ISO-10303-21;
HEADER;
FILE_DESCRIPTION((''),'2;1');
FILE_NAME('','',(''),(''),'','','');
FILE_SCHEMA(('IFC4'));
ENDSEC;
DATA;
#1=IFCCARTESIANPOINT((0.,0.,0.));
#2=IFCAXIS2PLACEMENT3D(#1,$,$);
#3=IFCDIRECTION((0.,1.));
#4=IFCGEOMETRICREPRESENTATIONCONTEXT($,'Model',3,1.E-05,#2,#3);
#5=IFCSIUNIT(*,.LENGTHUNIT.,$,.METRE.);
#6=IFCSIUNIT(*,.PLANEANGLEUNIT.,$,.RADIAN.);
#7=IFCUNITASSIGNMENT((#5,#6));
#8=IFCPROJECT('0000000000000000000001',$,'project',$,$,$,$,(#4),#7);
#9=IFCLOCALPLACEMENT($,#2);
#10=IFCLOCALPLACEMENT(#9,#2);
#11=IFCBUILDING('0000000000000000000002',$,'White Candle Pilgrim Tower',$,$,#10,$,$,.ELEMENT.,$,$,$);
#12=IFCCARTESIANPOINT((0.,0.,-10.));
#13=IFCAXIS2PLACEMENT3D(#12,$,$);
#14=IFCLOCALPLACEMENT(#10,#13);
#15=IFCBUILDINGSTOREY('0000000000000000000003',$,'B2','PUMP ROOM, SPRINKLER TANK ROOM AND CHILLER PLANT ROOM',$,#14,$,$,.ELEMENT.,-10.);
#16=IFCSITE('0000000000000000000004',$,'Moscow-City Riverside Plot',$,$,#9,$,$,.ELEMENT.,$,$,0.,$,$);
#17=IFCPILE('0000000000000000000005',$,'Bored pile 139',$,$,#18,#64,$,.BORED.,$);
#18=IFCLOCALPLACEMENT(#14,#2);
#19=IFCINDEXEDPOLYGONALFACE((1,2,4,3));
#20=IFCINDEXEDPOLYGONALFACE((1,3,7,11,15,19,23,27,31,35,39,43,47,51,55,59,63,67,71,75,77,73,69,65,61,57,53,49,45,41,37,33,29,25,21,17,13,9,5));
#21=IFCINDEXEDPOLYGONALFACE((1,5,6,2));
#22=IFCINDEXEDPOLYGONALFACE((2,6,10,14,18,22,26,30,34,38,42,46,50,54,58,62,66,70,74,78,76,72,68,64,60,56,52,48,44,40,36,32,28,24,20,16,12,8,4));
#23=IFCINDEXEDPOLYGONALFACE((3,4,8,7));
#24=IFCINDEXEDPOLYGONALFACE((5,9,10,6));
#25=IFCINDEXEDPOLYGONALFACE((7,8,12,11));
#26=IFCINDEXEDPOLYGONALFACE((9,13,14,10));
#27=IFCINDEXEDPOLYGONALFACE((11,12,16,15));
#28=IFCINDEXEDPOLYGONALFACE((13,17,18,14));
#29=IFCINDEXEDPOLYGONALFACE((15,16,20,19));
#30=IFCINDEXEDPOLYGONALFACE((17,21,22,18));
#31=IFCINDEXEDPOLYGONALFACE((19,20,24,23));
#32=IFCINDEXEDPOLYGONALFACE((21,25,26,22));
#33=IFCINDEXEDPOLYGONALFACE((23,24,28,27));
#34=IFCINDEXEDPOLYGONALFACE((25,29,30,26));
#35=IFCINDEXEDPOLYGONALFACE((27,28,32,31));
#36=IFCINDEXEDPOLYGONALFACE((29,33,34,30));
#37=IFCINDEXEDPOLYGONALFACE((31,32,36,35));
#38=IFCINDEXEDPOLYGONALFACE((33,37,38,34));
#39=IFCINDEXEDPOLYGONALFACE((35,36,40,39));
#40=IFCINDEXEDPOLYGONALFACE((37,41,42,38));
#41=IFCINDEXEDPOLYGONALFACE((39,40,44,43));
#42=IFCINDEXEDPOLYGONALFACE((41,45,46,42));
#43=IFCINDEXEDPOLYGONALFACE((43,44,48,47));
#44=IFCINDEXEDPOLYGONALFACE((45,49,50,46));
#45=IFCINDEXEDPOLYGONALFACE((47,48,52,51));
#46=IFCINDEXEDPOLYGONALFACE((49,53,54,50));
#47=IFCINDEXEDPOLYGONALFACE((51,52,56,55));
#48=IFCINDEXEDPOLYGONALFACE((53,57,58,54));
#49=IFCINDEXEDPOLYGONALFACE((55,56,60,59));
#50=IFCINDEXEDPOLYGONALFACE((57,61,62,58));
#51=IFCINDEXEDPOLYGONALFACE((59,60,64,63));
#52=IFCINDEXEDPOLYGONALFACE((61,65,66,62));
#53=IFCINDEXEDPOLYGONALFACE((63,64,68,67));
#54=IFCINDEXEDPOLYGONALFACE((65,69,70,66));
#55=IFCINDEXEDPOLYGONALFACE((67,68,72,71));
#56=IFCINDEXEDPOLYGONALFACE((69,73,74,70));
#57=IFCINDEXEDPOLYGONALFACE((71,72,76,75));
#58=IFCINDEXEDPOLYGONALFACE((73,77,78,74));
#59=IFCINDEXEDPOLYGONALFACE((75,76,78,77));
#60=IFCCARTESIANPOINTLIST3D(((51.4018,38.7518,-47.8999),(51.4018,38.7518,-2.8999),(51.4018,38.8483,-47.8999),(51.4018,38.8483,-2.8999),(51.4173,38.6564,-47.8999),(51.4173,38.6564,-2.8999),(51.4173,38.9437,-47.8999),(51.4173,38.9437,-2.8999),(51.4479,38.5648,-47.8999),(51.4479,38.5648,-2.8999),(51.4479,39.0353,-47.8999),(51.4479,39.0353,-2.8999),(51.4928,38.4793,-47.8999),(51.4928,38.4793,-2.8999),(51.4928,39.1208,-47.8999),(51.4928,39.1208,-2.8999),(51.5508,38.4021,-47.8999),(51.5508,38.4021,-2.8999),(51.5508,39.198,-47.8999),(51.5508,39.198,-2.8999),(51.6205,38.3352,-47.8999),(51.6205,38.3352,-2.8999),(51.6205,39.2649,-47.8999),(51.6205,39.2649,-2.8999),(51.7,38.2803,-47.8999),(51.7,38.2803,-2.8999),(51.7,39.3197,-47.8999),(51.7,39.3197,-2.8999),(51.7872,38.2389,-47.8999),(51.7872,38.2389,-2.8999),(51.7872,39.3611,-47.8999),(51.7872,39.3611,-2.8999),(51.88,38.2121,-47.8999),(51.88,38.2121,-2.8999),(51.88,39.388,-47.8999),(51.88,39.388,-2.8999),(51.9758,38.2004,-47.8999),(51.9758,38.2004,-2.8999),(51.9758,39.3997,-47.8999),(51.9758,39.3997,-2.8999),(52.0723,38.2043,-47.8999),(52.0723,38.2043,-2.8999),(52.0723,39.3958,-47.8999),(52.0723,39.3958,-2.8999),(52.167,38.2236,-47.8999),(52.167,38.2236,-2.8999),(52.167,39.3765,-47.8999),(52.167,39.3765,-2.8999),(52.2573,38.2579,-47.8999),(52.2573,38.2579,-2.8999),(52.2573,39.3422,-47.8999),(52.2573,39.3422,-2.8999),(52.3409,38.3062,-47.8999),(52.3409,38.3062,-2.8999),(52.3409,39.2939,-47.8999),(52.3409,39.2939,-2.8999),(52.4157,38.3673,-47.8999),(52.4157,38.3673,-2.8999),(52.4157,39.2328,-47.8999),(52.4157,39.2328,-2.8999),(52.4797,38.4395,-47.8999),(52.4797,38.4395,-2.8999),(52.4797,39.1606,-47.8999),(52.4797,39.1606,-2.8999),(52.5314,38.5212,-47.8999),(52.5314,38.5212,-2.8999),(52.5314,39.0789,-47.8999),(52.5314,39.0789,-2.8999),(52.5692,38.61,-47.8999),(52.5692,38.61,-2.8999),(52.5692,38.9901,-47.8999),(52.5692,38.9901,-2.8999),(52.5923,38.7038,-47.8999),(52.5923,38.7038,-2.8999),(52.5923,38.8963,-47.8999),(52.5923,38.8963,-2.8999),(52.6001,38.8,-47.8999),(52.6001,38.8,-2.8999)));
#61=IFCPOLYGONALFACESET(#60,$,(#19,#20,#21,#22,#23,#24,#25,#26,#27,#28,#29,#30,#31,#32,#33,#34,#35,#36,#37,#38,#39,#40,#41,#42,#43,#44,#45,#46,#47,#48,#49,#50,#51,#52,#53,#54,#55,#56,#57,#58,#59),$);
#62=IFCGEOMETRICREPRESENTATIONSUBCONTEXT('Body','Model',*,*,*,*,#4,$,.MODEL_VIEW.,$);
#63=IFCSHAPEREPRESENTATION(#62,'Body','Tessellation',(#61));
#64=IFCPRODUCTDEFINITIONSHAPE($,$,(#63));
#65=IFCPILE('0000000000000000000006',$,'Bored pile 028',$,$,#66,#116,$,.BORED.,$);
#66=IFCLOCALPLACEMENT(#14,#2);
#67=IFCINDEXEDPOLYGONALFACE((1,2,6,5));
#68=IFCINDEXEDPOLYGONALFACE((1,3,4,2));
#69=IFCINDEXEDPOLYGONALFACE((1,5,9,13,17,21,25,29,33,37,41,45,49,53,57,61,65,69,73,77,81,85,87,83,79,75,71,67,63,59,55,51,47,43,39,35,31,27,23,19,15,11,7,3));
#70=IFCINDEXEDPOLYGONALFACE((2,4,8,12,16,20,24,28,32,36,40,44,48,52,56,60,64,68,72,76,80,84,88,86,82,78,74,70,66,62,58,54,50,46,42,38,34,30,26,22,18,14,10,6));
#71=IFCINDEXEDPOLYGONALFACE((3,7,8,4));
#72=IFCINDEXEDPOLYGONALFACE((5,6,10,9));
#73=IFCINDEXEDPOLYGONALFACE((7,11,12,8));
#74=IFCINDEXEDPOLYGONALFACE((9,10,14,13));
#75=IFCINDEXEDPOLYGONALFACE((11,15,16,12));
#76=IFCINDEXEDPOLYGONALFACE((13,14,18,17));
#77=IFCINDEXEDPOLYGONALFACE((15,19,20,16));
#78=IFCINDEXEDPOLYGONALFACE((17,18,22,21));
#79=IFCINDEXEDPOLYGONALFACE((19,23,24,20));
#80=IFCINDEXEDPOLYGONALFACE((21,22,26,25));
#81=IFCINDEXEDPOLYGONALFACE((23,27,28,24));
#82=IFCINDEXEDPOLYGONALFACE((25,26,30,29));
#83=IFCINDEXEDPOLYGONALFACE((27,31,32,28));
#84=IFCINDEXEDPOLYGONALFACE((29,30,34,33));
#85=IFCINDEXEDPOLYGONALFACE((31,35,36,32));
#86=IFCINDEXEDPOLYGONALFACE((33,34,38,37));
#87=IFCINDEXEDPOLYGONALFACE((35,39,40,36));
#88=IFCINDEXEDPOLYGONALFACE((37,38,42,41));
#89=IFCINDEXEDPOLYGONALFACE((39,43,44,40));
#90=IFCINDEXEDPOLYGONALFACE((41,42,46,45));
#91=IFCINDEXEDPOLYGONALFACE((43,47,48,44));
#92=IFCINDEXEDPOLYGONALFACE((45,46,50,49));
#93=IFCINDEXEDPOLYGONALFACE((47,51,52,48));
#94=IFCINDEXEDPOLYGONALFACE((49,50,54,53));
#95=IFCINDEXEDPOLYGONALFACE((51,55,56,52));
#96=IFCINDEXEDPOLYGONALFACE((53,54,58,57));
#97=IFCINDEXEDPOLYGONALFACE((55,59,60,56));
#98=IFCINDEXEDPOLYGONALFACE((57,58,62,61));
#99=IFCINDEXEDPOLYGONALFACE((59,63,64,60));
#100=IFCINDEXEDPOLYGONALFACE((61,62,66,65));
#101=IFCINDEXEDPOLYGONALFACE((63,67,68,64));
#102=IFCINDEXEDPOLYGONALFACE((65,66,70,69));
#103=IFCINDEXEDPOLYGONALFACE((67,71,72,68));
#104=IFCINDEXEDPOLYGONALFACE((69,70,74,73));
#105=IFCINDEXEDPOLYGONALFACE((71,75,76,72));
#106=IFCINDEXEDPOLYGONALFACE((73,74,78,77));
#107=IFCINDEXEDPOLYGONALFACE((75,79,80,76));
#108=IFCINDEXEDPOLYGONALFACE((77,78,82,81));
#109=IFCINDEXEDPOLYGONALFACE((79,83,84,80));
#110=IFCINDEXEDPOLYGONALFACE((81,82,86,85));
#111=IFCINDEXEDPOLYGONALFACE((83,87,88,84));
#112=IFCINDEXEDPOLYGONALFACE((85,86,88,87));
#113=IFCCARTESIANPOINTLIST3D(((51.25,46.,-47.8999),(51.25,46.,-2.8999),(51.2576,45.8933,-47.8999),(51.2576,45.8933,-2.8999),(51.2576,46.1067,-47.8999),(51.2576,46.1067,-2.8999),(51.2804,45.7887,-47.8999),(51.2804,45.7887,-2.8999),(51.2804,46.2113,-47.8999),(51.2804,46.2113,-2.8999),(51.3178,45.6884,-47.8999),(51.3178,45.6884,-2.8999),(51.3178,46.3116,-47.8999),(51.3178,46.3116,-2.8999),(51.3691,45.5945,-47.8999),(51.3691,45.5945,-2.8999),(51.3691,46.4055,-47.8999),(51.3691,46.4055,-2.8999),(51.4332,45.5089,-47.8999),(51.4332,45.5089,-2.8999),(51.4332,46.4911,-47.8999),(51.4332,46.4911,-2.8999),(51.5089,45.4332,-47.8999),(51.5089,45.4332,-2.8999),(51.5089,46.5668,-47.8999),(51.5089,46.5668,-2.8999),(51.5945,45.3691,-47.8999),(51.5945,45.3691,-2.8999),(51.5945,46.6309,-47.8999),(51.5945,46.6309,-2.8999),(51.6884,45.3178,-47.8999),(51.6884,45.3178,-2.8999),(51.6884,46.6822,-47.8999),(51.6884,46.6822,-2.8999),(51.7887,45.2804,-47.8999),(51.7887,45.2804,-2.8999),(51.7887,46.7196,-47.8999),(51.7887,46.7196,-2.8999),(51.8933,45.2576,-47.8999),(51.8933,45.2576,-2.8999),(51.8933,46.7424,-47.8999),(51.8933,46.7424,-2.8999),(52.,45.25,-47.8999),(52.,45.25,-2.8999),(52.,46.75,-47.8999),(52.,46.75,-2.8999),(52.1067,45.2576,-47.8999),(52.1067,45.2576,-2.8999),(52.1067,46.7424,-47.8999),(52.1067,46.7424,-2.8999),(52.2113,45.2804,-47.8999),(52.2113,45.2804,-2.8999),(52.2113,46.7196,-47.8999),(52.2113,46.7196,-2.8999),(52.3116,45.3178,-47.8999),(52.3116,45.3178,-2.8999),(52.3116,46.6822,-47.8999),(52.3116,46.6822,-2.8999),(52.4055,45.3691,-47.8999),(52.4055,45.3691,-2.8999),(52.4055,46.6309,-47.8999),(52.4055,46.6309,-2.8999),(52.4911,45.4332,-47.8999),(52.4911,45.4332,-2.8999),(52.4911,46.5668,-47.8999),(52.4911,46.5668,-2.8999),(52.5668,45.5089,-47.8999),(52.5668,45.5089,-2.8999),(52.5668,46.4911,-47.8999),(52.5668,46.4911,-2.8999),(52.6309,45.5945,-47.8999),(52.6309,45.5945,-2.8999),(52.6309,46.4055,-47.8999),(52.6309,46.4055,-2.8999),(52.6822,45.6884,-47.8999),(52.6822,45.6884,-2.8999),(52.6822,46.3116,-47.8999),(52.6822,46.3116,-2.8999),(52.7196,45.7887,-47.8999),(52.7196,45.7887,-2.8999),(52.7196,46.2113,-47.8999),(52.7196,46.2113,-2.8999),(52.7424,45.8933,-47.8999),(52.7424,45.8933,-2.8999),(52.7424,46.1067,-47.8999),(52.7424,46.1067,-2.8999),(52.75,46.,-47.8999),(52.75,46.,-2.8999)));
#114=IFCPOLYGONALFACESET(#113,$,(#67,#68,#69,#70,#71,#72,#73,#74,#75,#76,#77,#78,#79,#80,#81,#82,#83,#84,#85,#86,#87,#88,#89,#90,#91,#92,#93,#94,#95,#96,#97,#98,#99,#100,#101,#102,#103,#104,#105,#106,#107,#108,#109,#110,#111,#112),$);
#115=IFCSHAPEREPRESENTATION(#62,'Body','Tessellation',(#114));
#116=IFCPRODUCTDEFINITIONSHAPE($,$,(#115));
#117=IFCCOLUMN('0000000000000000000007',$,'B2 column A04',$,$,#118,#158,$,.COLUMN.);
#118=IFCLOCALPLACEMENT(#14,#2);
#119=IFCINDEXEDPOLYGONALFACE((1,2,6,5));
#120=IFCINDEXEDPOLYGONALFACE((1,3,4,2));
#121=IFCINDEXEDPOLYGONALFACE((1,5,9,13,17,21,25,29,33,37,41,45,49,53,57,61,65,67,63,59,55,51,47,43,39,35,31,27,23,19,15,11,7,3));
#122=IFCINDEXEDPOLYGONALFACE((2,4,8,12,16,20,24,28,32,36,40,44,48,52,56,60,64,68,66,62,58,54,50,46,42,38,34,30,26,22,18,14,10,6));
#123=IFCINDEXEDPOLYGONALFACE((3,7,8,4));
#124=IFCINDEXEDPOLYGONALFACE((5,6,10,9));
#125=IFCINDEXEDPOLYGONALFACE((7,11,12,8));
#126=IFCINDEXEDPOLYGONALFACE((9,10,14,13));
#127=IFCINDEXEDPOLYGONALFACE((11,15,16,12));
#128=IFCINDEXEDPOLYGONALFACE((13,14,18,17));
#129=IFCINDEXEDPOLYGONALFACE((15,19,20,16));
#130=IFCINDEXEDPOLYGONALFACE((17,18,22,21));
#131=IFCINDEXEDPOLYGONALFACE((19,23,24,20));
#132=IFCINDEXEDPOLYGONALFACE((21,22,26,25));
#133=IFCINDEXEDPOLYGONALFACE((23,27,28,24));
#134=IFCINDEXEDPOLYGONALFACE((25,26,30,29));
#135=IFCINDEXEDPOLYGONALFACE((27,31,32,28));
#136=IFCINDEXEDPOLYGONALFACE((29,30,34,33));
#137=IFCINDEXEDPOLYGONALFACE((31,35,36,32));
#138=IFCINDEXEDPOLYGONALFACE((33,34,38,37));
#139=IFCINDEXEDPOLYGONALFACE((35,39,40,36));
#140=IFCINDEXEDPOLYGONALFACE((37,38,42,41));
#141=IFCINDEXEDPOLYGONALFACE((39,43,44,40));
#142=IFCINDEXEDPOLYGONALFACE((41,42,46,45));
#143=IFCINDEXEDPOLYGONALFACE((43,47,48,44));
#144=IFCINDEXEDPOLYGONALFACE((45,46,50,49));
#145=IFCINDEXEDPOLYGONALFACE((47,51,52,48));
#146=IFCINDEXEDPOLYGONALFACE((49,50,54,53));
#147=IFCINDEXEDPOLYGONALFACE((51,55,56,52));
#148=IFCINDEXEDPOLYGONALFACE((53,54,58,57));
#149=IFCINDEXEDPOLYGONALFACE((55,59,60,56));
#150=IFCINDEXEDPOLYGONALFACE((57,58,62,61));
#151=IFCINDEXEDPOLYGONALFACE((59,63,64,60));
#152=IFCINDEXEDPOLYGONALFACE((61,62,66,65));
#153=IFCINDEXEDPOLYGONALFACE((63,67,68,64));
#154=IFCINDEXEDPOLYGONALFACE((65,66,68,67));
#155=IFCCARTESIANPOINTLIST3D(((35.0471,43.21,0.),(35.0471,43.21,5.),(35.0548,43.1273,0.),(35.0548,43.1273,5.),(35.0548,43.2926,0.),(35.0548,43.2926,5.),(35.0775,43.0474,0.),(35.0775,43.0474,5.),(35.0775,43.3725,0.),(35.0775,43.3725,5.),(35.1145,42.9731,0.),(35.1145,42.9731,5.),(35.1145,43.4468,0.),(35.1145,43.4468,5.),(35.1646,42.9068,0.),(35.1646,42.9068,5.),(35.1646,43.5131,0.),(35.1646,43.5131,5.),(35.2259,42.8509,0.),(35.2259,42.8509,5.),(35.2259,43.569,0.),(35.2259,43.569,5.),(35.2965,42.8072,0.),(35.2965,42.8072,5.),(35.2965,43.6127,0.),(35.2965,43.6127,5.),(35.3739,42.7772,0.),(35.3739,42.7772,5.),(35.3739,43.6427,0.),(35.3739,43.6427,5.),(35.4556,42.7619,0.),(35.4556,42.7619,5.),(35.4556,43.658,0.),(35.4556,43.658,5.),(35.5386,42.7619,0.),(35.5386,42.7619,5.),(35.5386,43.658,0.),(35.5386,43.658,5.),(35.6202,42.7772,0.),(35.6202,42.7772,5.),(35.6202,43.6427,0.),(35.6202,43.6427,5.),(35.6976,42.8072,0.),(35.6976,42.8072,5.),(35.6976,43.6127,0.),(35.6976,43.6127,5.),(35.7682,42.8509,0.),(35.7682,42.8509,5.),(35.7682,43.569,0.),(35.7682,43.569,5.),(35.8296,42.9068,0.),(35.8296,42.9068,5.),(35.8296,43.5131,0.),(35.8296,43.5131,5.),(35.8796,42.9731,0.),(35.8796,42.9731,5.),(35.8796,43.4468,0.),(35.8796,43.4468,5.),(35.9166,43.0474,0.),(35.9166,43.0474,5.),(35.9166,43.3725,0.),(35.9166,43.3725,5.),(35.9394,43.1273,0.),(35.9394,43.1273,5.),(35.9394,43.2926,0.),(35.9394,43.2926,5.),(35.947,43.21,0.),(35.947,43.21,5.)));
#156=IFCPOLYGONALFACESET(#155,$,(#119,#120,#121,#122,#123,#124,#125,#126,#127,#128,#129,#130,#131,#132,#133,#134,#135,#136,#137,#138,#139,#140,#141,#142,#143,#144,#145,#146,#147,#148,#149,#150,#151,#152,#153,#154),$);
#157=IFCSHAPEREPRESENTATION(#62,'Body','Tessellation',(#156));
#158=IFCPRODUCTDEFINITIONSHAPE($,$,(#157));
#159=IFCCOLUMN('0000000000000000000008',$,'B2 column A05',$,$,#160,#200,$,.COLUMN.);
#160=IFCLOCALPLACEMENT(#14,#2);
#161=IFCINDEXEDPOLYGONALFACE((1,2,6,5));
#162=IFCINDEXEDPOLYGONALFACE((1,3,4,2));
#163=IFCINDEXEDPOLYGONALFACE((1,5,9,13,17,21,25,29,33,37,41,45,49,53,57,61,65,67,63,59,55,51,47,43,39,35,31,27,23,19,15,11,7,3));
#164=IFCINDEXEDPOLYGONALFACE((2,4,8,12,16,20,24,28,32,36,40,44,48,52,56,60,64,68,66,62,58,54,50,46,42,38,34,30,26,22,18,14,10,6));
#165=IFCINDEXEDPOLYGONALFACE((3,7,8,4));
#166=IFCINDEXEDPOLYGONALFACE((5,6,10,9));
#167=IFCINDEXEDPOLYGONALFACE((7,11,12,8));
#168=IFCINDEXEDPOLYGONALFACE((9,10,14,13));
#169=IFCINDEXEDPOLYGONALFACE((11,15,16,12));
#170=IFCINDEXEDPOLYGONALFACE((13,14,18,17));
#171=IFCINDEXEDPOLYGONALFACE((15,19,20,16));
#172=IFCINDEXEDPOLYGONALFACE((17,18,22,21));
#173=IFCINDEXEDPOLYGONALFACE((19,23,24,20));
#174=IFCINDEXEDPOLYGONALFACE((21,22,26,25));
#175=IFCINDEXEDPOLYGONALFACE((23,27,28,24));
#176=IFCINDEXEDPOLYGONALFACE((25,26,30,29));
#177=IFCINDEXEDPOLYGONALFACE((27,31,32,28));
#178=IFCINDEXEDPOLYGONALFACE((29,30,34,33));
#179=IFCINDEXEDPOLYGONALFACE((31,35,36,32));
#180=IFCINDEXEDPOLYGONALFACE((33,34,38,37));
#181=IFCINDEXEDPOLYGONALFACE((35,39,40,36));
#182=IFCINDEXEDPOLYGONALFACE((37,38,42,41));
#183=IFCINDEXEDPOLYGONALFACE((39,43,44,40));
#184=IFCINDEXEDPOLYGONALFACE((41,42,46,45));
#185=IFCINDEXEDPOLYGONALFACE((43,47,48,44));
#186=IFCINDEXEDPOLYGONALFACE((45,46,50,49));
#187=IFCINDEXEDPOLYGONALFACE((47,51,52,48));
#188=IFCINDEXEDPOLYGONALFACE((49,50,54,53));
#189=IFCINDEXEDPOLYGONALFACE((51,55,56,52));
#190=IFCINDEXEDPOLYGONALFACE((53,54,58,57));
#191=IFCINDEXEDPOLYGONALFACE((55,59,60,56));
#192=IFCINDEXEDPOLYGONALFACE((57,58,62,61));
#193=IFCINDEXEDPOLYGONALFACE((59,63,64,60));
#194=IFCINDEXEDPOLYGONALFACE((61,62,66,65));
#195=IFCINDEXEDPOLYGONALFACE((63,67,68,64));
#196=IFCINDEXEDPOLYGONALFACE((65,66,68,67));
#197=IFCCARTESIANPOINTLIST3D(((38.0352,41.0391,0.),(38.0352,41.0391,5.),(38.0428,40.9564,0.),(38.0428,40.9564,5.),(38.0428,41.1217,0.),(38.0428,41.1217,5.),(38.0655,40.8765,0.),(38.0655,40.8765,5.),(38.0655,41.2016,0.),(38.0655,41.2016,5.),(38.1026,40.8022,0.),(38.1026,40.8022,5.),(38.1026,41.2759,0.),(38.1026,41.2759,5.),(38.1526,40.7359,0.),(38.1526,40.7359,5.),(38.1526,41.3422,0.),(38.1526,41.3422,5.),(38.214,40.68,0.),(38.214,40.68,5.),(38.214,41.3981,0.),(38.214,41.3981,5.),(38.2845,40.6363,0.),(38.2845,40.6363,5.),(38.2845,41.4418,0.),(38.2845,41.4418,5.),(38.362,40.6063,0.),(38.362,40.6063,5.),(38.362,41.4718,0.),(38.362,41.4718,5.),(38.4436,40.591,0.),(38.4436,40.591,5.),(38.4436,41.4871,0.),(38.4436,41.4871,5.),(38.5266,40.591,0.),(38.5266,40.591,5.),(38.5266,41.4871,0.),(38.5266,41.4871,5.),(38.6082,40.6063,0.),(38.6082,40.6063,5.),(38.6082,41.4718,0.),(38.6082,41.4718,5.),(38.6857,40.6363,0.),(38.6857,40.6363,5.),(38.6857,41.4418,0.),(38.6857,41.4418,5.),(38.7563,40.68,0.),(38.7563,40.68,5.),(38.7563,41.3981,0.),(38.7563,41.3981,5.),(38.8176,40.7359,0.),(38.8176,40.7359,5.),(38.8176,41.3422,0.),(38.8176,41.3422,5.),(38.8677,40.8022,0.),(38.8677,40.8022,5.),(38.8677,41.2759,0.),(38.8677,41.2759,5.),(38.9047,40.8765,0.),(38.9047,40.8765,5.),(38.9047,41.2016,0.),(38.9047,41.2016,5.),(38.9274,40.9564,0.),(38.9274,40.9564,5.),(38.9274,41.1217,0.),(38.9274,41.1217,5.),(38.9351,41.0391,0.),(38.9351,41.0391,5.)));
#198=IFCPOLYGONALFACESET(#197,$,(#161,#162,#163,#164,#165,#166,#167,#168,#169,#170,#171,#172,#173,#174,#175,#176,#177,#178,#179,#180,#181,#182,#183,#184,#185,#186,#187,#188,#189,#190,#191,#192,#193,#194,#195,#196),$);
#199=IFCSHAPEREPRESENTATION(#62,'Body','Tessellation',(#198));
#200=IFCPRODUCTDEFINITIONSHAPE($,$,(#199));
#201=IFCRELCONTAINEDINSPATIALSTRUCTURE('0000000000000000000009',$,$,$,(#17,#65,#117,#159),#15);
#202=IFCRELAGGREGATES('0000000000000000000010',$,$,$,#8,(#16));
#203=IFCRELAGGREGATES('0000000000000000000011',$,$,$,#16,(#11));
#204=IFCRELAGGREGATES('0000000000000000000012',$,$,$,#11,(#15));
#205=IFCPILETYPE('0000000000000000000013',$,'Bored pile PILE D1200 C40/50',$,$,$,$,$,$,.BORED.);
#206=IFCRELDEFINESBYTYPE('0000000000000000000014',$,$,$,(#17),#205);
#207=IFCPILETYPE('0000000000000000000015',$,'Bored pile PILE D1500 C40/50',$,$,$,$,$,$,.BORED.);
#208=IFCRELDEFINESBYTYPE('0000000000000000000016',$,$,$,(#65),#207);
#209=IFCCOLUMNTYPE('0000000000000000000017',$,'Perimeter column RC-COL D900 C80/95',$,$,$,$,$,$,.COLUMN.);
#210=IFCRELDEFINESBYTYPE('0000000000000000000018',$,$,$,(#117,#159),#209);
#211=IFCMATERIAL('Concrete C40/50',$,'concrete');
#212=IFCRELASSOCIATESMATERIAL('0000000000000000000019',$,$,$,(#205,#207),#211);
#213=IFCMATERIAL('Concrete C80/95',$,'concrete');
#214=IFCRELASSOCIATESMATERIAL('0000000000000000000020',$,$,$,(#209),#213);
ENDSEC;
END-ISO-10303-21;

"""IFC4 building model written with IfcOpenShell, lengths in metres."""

from ifc_helpers import new_model, si_unit, direction, frame, origin, origin_2d, place, context, subcontext, project, spatial, circle, extrude, material, material_profile, profile_set, type_object, element, save


model = new_model("IFC4")

# Units and contexts
model_context = context("Model", 3, precision=1e-05, world=origin(), true_north=direction((0.0, 1.0)))
body_context = subcontext(model_context, "Body", "Model", "MODEL_VIEW")
ifc_project = project(units=[si_unit("LENGTHUNIT", "METRE"), si_unit("PLANEANGLEUNIT", "RADIAN")], contexts=[model_context])

# Site, building, storey
site_placement = place(None, origin())
site = spatial("IfcSite", under=ifc_project, at=site_placement, Name="Moscow-City Riverside Plot", CompositionType="ELEMENT", RefElevation=0.0)
building_placement = place(site_placement, origin())
building = spatial("IfcBuilding", under=site, at=building_placement, Name="White Candle Pilgrim Tower", CompositionType="ELEMENT")
storey_placement = place(building_placement, frame((0.0, 0.0, -10.0)))
storey = spatial("IfcBuildingStorey", under=building, at=storey_placement, Name="B2", Description="PUMP ROOM, SPRINKLER TANK ROOM AND CHILLER PLANT ROOM", CompositionType="ELEMENT", Elevation=-10.0)

# Piles
ifc_material_1 = material(Name="Concrete C40/50", Category="concrete")
ifc_material_profile_1 = material_profile(ifc_material_1, circle(Radius=0.6001, at=origin_2d()), Name="PILE D1200")
ifc_profile_set_1 = profile_set([ifc_material_profile_1], Name="Concrete C40/50")
pile_type_1 = type_object("IfcPileType", Name="Bored pile PILE D1200 C40/50", PredefinedType="BORED", material=ifc_profile_set_1)
for number, where, z_axis, x_axis, name in (
    (1, (52.0, 38.8, -2.8999), (0.0, 0.0, -1.0), (1.0, 0.0, 0.0), "Bored pile 139"),
):
    element("IfcPile", number, at=place(storey_placement, frame(where, z_axis=z_axis, x_axis=x_axis)), inside=storey, type_object=pile_type_1, Name=name, PredefinedType="BORED", context=body_context, shape_type="SweptSolid", body=[
        extrude(circle(Radius=0.6001, at=origin_2d()), origin(), (0.0, 0.0, 1.0), 45.0),
    ])
ifc_material_profile_2 = material_profile(ifc_material_1, circle(Radius=0.75, at=origin_2d()), Name="PILE D1500")
ifc_profile_set_2 = profile_set([ifc_material_profile_2], Name="Concrete C40/50")
pile_type_2 = type_object("IfcPileType", Name="Bored pile PILE D1500 C40/50", PredefinedType="BORED", material=ifc_profile_set_2)
pile_placement = place(storey_placement, frame((52.0, 46.0, -2.8999), z_axis=(0.0, 0.0, -1.0), x_axis=(1.0, 0.0, 0.0)))
element("IfcPile", 2, at=pile_placement, inside=storey, type_object=pile_type_2, Name="Bored pile 028", PredefinedType="BORED", context=body_context, shape_type="SweptSolid", body=[
    extrude(circle(Radius=0.75, at=origin_2d()), origin(), (0.0, 0.0, 1.0), 45.0),
])

# Columns
ifc_material_2 = material(Name="Concrete C80/95", Category="concrete")
ifc_material_profile_3 = material_profile(ifc_material_2, circle(Radius=0.45, at=origin_2d()), Name="RC-COL D900")
ifc_profile_set_3 = profile_set([ifc_material_profile_3], Name="Concrete C80/95")
column_type = type_object("IfcColumnType", Name="Perimeter column RC-COL D900 C80/95", PredefinedType="COLUMN", material=ifc_profile_set_3)
for number, where, z_axis, x_axis, name in (
    (3, (35.4971, 43.21, 0.0), (0.0, 0.0, 1.0), (1.0, 0.0, 0.0), "B2 column A04"),
    (4, (38.4851, 41.0391, 0.0), (0.0, 0.0, 1.0), (1.0, 0.0, 0.0), "B2 column A05"),
):
    element("IfcColumn", number, at=place(storey_placement, frame(where, z_axis=z_axis, x_axis=x_axis)), inside=storey, type_object=column_type, Name=name, PredefinedType="COLUMN", context=body_context, shape_type="SweptSolid", body=[
        extrude(circle(Radius=0.45, at=origin_2d()), origin(), (0.0, 0.0, 1.0), 5.0),
    ])

save(model, "model.ifc")
